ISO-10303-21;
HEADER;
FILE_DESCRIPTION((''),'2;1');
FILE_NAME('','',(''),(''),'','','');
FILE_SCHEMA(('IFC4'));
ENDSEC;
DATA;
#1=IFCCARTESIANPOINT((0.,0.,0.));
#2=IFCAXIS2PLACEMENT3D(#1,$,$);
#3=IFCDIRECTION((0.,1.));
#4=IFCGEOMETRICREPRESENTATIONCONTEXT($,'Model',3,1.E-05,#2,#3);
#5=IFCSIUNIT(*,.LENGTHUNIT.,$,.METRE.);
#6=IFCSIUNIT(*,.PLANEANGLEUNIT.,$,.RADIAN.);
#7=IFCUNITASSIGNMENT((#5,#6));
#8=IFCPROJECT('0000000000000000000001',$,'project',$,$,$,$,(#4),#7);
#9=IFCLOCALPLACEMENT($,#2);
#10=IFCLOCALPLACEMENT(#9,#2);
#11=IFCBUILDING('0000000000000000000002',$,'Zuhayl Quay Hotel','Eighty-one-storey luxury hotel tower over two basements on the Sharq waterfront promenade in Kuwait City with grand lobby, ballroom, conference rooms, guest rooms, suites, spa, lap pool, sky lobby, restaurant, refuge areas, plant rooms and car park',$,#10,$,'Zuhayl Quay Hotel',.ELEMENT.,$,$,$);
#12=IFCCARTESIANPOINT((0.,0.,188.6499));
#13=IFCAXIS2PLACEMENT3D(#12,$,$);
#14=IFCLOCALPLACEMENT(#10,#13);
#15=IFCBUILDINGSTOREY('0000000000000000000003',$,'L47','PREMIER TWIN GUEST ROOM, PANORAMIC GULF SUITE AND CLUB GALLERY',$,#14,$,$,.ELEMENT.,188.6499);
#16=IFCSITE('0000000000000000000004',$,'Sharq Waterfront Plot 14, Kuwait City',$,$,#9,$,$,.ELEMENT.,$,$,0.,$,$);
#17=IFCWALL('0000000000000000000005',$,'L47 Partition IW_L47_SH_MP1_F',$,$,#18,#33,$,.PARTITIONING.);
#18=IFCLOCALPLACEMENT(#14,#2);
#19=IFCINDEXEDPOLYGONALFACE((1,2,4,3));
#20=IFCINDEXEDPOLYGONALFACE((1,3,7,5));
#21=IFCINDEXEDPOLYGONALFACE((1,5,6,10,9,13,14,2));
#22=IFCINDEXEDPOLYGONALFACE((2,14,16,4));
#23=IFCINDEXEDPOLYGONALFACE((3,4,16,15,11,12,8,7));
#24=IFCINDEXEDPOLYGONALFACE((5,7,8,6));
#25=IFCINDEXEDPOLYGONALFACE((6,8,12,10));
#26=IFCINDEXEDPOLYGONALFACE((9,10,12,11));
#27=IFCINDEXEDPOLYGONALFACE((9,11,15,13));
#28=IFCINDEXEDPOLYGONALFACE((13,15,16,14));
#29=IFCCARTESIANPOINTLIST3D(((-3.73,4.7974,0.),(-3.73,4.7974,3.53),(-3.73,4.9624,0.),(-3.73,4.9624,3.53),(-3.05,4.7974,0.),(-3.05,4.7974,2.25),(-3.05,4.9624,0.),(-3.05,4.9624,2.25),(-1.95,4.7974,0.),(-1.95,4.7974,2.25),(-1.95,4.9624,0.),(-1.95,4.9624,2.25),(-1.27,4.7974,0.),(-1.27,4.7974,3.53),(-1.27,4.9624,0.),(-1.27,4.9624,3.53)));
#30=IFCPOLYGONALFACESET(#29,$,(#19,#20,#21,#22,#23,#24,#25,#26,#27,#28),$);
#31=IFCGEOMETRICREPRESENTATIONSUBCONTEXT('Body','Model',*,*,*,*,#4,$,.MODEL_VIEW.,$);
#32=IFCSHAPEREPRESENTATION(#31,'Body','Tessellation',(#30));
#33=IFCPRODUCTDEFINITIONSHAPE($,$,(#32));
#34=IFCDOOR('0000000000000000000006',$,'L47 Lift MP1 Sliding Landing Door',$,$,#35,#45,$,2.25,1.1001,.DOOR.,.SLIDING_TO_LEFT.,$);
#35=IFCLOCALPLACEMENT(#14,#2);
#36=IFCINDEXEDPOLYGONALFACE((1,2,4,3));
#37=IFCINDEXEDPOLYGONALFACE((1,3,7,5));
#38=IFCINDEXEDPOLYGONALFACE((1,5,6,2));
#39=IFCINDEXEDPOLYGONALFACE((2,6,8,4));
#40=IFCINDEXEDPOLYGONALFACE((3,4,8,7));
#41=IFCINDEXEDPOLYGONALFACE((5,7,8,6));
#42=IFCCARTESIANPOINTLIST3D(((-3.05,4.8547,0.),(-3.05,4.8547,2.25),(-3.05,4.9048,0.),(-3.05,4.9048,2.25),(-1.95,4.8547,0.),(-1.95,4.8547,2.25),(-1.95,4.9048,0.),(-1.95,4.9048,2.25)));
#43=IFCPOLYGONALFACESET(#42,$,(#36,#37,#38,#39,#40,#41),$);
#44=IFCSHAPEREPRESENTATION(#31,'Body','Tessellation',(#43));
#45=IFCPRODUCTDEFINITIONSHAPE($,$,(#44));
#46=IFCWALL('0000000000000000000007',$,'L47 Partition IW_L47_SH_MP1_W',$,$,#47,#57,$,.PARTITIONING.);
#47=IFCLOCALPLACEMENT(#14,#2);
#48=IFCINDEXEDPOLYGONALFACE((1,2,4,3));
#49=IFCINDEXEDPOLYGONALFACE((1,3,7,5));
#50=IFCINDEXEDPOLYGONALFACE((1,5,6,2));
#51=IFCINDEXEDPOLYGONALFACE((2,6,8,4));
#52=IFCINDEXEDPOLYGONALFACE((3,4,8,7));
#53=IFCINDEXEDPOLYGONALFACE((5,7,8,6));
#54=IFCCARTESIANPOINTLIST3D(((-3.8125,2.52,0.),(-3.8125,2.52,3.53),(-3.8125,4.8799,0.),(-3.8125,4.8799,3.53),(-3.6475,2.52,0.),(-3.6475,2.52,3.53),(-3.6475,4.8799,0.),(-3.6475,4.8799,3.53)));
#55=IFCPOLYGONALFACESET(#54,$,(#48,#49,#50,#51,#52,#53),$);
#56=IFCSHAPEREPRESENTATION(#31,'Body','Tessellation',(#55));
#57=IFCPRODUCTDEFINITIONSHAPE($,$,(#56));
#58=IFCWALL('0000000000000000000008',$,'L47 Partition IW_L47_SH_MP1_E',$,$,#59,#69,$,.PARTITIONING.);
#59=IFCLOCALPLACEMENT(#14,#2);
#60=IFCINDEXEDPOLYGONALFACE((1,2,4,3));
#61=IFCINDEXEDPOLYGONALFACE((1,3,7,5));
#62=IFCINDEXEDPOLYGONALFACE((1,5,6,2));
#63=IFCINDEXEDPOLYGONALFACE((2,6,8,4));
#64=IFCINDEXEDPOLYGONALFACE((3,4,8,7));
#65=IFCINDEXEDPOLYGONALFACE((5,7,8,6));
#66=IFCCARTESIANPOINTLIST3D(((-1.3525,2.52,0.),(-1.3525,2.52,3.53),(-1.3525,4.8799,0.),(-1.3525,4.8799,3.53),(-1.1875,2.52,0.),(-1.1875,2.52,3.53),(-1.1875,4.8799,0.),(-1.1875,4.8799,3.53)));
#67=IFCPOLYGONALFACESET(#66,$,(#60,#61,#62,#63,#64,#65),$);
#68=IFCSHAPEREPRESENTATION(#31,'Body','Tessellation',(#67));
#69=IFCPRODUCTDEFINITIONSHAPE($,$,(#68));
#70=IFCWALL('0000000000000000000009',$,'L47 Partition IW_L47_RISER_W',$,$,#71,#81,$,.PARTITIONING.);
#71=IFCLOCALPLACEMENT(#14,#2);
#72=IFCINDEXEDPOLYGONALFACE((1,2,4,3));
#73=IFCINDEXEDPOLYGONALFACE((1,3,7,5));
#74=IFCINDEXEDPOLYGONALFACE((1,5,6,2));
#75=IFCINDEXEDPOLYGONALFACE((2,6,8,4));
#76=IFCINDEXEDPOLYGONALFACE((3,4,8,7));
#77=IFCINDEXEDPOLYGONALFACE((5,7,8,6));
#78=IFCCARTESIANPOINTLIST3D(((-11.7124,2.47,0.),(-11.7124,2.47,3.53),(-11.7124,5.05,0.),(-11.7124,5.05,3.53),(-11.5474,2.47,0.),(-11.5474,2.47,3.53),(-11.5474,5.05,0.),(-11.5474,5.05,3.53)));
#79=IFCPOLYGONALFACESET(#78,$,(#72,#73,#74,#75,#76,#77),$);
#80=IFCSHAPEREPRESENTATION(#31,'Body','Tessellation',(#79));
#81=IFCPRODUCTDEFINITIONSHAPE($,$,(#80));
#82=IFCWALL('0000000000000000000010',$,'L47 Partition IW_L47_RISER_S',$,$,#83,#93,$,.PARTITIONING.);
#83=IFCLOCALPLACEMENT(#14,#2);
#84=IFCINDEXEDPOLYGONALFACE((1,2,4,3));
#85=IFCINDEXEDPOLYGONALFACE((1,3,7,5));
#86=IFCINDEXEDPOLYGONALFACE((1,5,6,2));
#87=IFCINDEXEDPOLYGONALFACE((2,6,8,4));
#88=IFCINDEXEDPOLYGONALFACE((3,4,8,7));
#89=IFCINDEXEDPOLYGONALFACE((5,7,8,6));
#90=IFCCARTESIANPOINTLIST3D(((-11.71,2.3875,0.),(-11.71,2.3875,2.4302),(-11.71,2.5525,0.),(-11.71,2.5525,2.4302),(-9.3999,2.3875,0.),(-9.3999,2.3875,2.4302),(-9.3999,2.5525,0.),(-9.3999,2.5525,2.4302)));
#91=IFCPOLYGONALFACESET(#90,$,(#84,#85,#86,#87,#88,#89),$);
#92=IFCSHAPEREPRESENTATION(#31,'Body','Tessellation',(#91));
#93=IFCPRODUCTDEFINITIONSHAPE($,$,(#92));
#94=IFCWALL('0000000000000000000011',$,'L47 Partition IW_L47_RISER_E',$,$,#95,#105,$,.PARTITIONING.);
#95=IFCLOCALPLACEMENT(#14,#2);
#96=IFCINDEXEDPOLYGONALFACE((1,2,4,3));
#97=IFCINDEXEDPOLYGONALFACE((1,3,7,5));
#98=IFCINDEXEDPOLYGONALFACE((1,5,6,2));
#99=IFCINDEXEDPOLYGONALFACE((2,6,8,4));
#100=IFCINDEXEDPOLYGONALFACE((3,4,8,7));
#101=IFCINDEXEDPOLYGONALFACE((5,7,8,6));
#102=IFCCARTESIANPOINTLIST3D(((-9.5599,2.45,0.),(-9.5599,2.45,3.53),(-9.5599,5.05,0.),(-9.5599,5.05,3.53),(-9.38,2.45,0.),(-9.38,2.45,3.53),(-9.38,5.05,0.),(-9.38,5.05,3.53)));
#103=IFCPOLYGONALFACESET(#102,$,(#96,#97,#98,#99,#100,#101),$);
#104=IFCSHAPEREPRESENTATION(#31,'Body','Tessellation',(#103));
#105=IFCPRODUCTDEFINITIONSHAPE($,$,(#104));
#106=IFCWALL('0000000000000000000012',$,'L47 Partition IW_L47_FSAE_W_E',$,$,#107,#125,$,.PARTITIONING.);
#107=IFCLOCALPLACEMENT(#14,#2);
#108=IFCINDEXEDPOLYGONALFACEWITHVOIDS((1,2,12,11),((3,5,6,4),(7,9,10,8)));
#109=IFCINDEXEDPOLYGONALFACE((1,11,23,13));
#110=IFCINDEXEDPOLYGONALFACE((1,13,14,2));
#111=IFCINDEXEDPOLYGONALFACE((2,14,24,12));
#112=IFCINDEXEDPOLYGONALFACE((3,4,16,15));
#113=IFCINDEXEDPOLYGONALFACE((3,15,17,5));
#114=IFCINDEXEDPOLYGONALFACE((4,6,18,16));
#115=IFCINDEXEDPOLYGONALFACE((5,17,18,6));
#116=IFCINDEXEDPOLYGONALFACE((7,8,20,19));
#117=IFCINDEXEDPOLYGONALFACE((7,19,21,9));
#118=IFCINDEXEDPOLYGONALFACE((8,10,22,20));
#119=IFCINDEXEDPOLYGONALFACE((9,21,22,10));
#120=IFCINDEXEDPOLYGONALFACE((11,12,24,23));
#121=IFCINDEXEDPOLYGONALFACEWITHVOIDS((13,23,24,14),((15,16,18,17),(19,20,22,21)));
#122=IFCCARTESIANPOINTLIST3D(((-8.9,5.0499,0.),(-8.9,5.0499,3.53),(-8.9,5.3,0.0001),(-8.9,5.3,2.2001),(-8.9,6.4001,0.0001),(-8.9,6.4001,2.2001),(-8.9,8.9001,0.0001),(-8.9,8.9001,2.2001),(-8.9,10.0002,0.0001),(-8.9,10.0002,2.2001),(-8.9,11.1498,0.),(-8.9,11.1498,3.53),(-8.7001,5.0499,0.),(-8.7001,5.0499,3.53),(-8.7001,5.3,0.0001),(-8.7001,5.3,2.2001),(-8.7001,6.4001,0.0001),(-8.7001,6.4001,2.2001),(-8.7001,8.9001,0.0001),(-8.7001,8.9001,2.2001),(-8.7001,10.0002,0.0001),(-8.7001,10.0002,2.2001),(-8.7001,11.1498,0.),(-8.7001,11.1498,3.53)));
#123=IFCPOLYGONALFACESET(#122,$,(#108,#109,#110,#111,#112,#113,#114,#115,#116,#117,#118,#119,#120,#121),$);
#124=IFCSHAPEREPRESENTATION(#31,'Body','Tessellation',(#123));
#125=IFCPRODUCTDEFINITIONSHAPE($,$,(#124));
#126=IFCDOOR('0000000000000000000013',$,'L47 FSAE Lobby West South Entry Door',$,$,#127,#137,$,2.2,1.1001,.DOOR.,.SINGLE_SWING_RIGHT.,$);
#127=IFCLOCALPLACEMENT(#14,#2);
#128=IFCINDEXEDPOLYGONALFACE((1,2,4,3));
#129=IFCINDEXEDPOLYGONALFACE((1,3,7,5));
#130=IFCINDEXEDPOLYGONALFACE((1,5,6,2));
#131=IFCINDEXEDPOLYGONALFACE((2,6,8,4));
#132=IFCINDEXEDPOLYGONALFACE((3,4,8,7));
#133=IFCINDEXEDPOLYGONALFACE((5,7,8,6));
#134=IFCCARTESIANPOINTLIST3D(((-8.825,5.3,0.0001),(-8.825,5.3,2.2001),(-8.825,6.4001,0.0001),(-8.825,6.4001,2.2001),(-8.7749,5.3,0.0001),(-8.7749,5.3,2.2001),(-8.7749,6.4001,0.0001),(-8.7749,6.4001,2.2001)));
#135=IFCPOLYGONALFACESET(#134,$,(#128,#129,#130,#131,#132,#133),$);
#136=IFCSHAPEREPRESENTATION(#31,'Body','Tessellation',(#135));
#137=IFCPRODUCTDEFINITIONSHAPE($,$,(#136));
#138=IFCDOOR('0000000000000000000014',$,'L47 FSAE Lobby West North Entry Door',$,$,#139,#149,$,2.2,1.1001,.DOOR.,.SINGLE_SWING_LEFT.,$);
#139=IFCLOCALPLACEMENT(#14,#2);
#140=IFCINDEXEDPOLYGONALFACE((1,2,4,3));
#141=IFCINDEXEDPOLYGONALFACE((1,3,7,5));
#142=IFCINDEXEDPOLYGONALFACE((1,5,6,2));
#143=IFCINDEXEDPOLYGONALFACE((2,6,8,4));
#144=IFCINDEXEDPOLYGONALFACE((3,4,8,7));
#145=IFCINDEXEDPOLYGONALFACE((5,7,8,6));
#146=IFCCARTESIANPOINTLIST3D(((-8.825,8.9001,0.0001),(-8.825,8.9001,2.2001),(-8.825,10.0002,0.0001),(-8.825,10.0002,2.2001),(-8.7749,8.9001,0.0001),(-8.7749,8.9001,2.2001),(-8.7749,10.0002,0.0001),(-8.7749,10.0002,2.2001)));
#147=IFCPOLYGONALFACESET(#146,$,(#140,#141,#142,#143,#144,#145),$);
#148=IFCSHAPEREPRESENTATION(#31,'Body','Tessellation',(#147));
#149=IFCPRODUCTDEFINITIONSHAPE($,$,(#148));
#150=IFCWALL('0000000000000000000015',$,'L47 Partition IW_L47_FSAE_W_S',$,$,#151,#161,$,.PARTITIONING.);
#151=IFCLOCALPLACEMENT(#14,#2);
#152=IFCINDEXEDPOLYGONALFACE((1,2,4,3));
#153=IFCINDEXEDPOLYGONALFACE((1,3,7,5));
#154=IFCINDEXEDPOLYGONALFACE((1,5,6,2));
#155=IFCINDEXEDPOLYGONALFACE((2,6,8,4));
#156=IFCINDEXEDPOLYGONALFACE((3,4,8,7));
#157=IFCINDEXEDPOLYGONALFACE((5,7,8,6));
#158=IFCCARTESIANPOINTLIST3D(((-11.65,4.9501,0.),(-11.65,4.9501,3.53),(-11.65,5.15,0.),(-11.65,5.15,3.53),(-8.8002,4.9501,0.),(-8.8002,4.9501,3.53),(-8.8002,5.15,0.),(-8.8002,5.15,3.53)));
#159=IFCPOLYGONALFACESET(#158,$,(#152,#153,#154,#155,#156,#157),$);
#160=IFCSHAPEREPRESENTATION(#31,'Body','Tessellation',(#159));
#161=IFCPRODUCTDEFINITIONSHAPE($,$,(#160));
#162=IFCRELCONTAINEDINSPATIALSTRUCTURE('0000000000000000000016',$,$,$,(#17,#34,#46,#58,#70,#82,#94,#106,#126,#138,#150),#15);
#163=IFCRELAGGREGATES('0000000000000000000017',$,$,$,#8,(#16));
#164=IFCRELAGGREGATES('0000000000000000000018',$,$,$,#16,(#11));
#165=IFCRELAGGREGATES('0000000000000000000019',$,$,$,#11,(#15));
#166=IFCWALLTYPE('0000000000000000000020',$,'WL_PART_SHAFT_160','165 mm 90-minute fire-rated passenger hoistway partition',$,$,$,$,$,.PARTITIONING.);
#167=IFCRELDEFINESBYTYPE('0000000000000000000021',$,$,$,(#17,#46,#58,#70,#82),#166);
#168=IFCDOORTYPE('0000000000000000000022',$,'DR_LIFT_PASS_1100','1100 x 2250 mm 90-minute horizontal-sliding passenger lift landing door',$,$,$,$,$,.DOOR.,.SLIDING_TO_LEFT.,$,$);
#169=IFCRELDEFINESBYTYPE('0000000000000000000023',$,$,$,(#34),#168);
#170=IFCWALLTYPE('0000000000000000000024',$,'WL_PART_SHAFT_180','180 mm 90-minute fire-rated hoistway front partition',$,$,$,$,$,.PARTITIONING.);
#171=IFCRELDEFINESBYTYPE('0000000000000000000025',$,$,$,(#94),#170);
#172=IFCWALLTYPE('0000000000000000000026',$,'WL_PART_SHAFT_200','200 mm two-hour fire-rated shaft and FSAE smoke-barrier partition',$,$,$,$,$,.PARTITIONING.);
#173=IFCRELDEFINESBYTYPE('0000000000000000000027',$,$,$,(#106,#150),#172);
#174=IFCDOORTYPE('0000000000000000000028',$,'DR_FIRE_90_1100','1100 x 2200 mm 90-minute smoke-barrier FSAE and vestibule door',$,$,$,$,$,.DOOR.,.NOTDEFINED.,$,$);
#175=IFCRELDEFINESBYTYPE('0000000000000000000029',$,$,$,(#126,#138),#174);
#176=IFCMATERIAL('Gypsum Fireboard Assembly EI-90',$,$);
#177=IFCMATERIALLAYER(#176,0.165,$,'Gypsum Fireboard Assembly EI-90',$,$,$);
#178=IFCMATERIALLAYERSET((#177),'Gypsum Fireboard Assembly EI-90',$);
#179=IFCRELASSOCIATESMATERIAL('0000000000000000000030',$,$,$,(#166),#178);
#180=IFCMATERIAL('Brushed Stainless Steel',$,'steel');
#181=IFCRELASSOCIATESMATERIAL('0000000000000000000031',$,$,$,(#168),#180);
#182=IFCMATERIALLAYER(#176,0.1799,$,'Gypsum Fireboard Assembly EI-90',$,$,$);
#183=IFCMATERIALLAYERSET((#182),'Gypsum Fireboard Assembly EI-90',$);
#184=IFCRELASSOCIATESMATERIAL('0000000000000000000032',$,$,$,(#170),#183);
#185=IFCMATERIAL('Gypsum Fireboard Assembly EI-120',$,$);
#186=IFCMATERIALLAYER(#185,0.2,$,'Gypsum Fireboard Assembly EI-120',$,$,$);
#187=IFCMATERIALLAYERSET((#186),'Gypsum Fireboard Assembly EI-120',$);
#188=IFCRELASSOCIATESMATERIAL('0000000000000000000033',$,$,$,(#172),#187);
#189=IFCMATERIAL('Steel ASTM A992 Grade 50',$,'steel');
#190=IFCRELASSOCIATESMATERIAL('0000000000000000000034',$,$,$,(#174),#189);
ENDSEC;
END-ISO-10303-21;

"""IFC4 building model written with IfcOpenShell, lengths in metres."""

from ifc_helpers import new_model, si_unit, direction, frame, frame_2d, origin, place, context, subcontext, project, spatial, rectangle, extrude, material, layer, layer_set, type_object, element, fill, save


model = new_model("IFC4")

# Units and contexts
model_context = context("Model", 3, precision=1e-05, world=origin(), true_north=direction((0.0, 1.0)))
body_context = subcontext(model_context, "Body", "Model", "MODEL_VIEW")
ifc_project = project(units=[si_unit("LENGTHUNIT", "METRE"), si_unit("PLANEANGLEUNIT", "RADIAN")], contexts=[model_context])

# Site, building, storey
site_placement = place(None, origin())
site = spatial("IfcSite", under=ifc_project, at=site_placement, Name="Sharq Waterfront Plot 14, Kuwait City", CompositionType="ELEMENT", RefElevation=0.0)
building_placement = place(site_placement, origin())
building = spatial("IfcBuilding", under=site, at=building_placement, Name="Zuhayl Quay Hotel", Description="Eighty-one-storey luxury hotel tower over two basements on the Sharq waterfront promenade in Kuwait City with grand lobby, ballroom, conference rooms, guest rooms, suites, spa, lap pool, sky lobby, restaurant, refuge areas, plant rooms and car park", LongName="Zuhayl Quay Hotel", CompositionType="ELEMENT")
storey_placement = place(building_placement, frame((0.0, 0.0, 188.6499)))
storey = spatial("IfcBuildingStorey", under=building, at=storey_placement, Name="L47", Description="PREMIER TWIN GUEST ROOM, PANORAMIC GULF SUITE AND CLUB GALLERY", CompositionType="ELEMENT", Elevation=188.6499)

# Shared definitions
ifc_material_1 = material(Name="Steel ASTM A992 Grade 50", Category="steel")

# Wall, opening, door
ifc_material_2 = material(Name="Gypsum Fireboard Assembly EI-90")
ifc_layer_1 = layer(ifc_material_2, 0.165, Name="Gypsum Fireboard Assembly EI-90")
ifc_layer_set_1 = layer_set([ifc_layer_1], Name="Gypsum Fireboard Assembly EI-90")
wall_type_1 = type_object("IfcWallType", Name="WL_PART_SHAFT_160", Description="165 mm 90-minute fire-rated passenger hoistway partition", PredefinedType="PARTITIONING", material=ifc_layer_set_1)
wall_1_placement = place(storey_placement, frame((-3.73, 4.8799, 0.0), z_axis=(0.0, 0.0, 1.0), x_axis=(1.0, 0.0, 0.0)))
wall_1 = element("IfcWall", 1, at=wall_1_placement, inside=storey, type_object=wall_type_1, Name="L47 Partition IW_L47_SH_MP1_F", PredefinedType="PARTITIONING", context=body_context, shape_type="SweptSolid", body=[
    extrude(rectangle(XDim=2.46, YDim=0.165, at=frame_2d((1.23, 0.0))), origin(), (0.0, 0.0, 1.0), 3.53),
])
opening_1_placement = place(wall_1_placement, frame((0.6799, 0.0, 0.0)))
opening_1 = element("IfcOpeningElement", 2, at=opening_1_placement, cuts=wall_1, PredefinedType="OPENING", context=body_context, shape_type="SweptSolid", body=[
    extrude(rectangle(XDim=1.1001, YDim=2.25, at=frame_2d((0.55, 1.125))), frame((0.0, 0.0925, 0.0), z_axis=(0.0, -1.0, 0.0), x_axis=(1.0, 0.0, 0.0)), (0.0, 0.0, 1.0), 0.1851),
])
ifc_material_3 = material(Name="Brushed Stainless Steel", Category="steel")
door_type_1 = type_object("IfcDoorType", Name="DR_LIFT_PASS_1100", Description="1100 x 2250 mm 90-minute horizontal-sliding passenger lift landing door", OperationType="SLIDING_TO_LEFT", PredefinedType="DOOR", material=ifc_material_3)
door_1_placement = place(opening_1_placement, origin())
door_1 = element("IfcDoor", 3, at=door_1_placement, inside=storey, type_object=door_type_1, Name="L47 Lift MP1 Sliding Landing Door", OperationType="SLIDING_TO_LEFT", OverallHeight=2.25, OverallWidth=1.1001, PredefinedType="DOOR", context=body_context, shape_type="SweptSolid", body=[
    extrude(rectangle(XDim=1.1001, YDim=2.25, at=frame_2d((0.55, 1.125))), frame((0.0, 0.0249, 0.0), z_axis=(0.0, -1.0, 0.0), x_axis=(1.0, 0.0, 0.0)), (0.0, 0.0, 1.0), 0.05),
])
fill(opening_1, door_1)

# Walls
for number, where, z_axis, x_axis, name in (
    (4, (-3.73, 2.52, 0.0), (0.0, 0.0, 1.0), (0.0, 1.0, 0.0), "L47 Partition IW_L47_SH_MP1_W"),
    (5, (-1.27, 2.52, 0.0), (0.0, 0.0, 1.0), (0.0, 1.0, 0.0), "L47 Partition IW_L47_SH_MP1_E"),
):
    element("IfcWall", number, at=place(storey_placement, frame(where, z_axis=z_axis, x_axis=x_axis)), inside=storey, type_object=wall_type_1, Name=name, PredefinedType="PARTITIONING", context=body_context, shape_type="SweptSolid", body=[
        extrude(rectangle(XDim=2.3599, YDim=0.165, at=frame_2d((1.1799, 0.0))), origin(), (0.0, 0.0, 1.0), 3.53),
    ])
wall_2_placement = place(storey_placement, frame((-11.6299, 2.47, 0.0), z_axis=(0.0, 0.0, 1.0), x_axis=(0.0, 1.0, 0.0)))
element("IfcWall", 6, at=wall_2_placement, inside=storey, type_object=wall_type_1, Name="L47 Partition IW_L47_RISER_W", PredefinedType="PARTITIONING", context=body_context, shape_type="SweptSolid", body=[
    extrude(rectangle(XDim=2.5801, YDim=0.165, at=frame_2d((1.29, 0.0))), origin(), (0.0, 0.0, 1.0), 3.53),
])
wall_3_placement = place(storey_placement, frame((-11.71, 2.47, 0.0), z_axis=(0.0, 0.0, 1.0), x_axis=(1.0, 0.0, 0.0)))
element("IfcWall", 7, at=wall_3_placement, inside=storey, type_object=wall_type_1, Name="L47 Partition IW_L47_RISER_S", PredefinedType="PARTITIONING", context=body_context, shape_type="SweptSolid", body=[
    extrude(rectangle(XDim=2.3101, YDim=0.165, at=frame_2d((1.155, 0.0))), origin(), (0.0, 0.0, 1.0), 2.4302),
])
ifc_layer_2 = layer(ifc_material_2, 0.1799, Name="Gypsum Fireboard Assembly EI-90")
ifc_layer_set_2 = layer_set([ifc_layer_2], Name="Gypsum Fireboard Assembly EI-90")
wall_type_2 = type_object("IfcWallType", Name="WL_PART_SHAFT_180", Description="180 mm 90-minute fire-rated hoistway front partition", PredefinedType="PARTITIONING", material=ifc_layer_set_2)
wall_4_placement = place(storey_placement, frame((-9.47, 2.45, 0.0), z_axis=(0.0, 0.0, 1.0), x_axis=(0.0, 1.0, 0.0)))
element("IfcWall", 8, at=wall_4_placement, inside=storey, type_object=wall_type_2, Name="L47 Partition IW_L47_RISER_E", PredefinedType="PARTITIONING", context=body_context, shape_type="SweptSolid", body=[
    extrude(rectangle(XDim=2.6001, YDim=0.1799, at=frame_2d((1.3, 0.0))), origin(), (0.0, 0.0, 1.0), 3.53),
])

# Wall, openings, doors
ifc_material_4 = material(Name="Gypsum Fireboard Assembly EI-120")
ifc_layer_3 = layer(ifc_material_4, 0.2, Name="Gypsum Fireboard Assembly EI-120")
ifc_layer_set_3 = layer_set([ifc_layer_3], Name="Gypsum Fireboard Assembly EI-120")
wall_type_3 = type_object("IfcWallType", Name="WL_PART_SHAFT_200", Description="200 mm two-hour fire-rated shaft and FSAE smoke-barrier partition", PredefinedType="PARTITIONING", material=ifc_layer_set_3)
wall_5_placement = place(storey_placement, frame((-8.8, 5.05, 0.0), z_axis=(0.0, 0.0, 1.0), x_axis=(0.0, 1.0, 0.0)))
wall_5 = element("IfcWall", 9, at=wall_5_placement, inside=storey, type_object=wall_type_3, Name="L47 Partition IW_L47_FSAE_W_E", PredefinedType="PARTITIONING", context=body_context, shape_type="SweptSolid", body=[
    extrude(rectangle(XDim=6.0999, YDim=0.2, at=frame_2d((3.0498, 0.0))), origin(), (0.0, 0.0, 1.0), 3.53),
])
opening_2_placement = place(wall_5_placement, frame((0.25, 0.0, 0.0)))
opening_2 = element("IfcOpeningElement", 10, at=opening_2_placement, cuts=wall_5, PredefinedType="OPENING", context=body_context, shape_type="SweptSolid", body=[
    extrude(rectangle(XDim=1.1001, YDim=2.2, at=frame_2d((0.55, 1.1001))), frame((0.0, 0.1099, 0.0), z_axis=(0.0, -1.0, 0.0), x_axis=(1.0, 0.0, 0.0)), (0.0, 0.0, 1.0), 0.22),
])
opening_3_placement = place(wall_5_placement, frame((3.8501, 0.0, 0.0)))
opening_3 = element("IfcOpeningElement", 11, at=opening_3_placement, cuts=wall_5, PredefinedType="OPENING", context=body_context, shape_type="SweptSolid", body=[
    extrude(rectangle(XDim=1.1001, YDim=2.2, at=frame_2d((0.55, 1.1001))), frame((0.0, 0.1099, 0.0), z_axis=(0.0, -1.0, 0.0), x_axis=(1.0, 0.0, 0.0)), (0.0, 0.0, 1.0), 0.22),
])
door_type_2 = type_object("IfcDoorType", Name="DR_FIRE_90_1100", Description="1100 x 2200 mm 90-minute smoke-barrier FSAE and vestibule door", OperationType="NOTDEFINED", PredefinedType="DOOR", material=ifc_material_1)
door_2_placement = place(opening_2_placement, origin())
door_2 = element("IfcDoor", 12, at=door_2_placement, inside=storey, type_object=door_type_2, Name="L47 FSAE Lobby West South Entry Door", OperationType="SINGLE_SWING_RIGHT", OverallHeight=2.2, OverallWidth=1.1001, PredefinedType="DOOR", context=body_context, shape_type="SweptSolid", body=[
    extrude(rectangle(XDim=1.1001, YDim=2.2, at=frame_2d((0.55, 1.1001))), frame((0.0, 0.0249, 0.0), z_axis=(0.0, -1.0, 0.0), x_axis=(1.0, 0.0, 0.0)), (0.0, 0.0, 1.0), 0.05),
])
fill(opening_2, door_2)
door_3_placement = place(opening_3_placement, origin())
door_3 = element("IfcDoor", 13, at=door_3_placement, inside=storey, type_object=door_type_2, Name="L47 FSAE Lobby West North Entry Door", OperationType="SINGLE_SWING_LEFT", OverallHeight=2.2, OverallWidth=1.1001, PredefinedType="DOOR", context=body_context, shape_type="SweptSolid", body=[
    extrude(rectangle(XDim=1.1001, YDim=2.2, at=frame_2d((0.55, 1.1001))), frame((0.0, 0.0249, 0.0), z_axis=(0.0, -1.0, 0.0), x_axis=(1.0, 0.0, 0.0)), (0.0, 0.0, 1.0), 0.05),
])
fill(opening_3, door_3)

# Wall
wall_6_placement = place(storey_placement, frame((-11.6499, 5.05, 0.0), z_axis=(0.0, 0.0, 1.0), x_axis=(1.0, 0.0, 0.0)))
element("IfcWall", 14, at=wall_6_placement, inside=storey, type_object=wall_type_3, Name="L47 Partition IW_L47_FSAE_W_S", PredefinedType="PARTITIONING", context=body_context, shape_type="SweptSolid", body=[
    extrude(rectangle(XDim=2.8499, YDim=0.2, at=frame_2d((1.4248, 0.0))), origin(), (0.0, 0.0, 1.0), 3.53),
])

save(model, "model.ifc")
